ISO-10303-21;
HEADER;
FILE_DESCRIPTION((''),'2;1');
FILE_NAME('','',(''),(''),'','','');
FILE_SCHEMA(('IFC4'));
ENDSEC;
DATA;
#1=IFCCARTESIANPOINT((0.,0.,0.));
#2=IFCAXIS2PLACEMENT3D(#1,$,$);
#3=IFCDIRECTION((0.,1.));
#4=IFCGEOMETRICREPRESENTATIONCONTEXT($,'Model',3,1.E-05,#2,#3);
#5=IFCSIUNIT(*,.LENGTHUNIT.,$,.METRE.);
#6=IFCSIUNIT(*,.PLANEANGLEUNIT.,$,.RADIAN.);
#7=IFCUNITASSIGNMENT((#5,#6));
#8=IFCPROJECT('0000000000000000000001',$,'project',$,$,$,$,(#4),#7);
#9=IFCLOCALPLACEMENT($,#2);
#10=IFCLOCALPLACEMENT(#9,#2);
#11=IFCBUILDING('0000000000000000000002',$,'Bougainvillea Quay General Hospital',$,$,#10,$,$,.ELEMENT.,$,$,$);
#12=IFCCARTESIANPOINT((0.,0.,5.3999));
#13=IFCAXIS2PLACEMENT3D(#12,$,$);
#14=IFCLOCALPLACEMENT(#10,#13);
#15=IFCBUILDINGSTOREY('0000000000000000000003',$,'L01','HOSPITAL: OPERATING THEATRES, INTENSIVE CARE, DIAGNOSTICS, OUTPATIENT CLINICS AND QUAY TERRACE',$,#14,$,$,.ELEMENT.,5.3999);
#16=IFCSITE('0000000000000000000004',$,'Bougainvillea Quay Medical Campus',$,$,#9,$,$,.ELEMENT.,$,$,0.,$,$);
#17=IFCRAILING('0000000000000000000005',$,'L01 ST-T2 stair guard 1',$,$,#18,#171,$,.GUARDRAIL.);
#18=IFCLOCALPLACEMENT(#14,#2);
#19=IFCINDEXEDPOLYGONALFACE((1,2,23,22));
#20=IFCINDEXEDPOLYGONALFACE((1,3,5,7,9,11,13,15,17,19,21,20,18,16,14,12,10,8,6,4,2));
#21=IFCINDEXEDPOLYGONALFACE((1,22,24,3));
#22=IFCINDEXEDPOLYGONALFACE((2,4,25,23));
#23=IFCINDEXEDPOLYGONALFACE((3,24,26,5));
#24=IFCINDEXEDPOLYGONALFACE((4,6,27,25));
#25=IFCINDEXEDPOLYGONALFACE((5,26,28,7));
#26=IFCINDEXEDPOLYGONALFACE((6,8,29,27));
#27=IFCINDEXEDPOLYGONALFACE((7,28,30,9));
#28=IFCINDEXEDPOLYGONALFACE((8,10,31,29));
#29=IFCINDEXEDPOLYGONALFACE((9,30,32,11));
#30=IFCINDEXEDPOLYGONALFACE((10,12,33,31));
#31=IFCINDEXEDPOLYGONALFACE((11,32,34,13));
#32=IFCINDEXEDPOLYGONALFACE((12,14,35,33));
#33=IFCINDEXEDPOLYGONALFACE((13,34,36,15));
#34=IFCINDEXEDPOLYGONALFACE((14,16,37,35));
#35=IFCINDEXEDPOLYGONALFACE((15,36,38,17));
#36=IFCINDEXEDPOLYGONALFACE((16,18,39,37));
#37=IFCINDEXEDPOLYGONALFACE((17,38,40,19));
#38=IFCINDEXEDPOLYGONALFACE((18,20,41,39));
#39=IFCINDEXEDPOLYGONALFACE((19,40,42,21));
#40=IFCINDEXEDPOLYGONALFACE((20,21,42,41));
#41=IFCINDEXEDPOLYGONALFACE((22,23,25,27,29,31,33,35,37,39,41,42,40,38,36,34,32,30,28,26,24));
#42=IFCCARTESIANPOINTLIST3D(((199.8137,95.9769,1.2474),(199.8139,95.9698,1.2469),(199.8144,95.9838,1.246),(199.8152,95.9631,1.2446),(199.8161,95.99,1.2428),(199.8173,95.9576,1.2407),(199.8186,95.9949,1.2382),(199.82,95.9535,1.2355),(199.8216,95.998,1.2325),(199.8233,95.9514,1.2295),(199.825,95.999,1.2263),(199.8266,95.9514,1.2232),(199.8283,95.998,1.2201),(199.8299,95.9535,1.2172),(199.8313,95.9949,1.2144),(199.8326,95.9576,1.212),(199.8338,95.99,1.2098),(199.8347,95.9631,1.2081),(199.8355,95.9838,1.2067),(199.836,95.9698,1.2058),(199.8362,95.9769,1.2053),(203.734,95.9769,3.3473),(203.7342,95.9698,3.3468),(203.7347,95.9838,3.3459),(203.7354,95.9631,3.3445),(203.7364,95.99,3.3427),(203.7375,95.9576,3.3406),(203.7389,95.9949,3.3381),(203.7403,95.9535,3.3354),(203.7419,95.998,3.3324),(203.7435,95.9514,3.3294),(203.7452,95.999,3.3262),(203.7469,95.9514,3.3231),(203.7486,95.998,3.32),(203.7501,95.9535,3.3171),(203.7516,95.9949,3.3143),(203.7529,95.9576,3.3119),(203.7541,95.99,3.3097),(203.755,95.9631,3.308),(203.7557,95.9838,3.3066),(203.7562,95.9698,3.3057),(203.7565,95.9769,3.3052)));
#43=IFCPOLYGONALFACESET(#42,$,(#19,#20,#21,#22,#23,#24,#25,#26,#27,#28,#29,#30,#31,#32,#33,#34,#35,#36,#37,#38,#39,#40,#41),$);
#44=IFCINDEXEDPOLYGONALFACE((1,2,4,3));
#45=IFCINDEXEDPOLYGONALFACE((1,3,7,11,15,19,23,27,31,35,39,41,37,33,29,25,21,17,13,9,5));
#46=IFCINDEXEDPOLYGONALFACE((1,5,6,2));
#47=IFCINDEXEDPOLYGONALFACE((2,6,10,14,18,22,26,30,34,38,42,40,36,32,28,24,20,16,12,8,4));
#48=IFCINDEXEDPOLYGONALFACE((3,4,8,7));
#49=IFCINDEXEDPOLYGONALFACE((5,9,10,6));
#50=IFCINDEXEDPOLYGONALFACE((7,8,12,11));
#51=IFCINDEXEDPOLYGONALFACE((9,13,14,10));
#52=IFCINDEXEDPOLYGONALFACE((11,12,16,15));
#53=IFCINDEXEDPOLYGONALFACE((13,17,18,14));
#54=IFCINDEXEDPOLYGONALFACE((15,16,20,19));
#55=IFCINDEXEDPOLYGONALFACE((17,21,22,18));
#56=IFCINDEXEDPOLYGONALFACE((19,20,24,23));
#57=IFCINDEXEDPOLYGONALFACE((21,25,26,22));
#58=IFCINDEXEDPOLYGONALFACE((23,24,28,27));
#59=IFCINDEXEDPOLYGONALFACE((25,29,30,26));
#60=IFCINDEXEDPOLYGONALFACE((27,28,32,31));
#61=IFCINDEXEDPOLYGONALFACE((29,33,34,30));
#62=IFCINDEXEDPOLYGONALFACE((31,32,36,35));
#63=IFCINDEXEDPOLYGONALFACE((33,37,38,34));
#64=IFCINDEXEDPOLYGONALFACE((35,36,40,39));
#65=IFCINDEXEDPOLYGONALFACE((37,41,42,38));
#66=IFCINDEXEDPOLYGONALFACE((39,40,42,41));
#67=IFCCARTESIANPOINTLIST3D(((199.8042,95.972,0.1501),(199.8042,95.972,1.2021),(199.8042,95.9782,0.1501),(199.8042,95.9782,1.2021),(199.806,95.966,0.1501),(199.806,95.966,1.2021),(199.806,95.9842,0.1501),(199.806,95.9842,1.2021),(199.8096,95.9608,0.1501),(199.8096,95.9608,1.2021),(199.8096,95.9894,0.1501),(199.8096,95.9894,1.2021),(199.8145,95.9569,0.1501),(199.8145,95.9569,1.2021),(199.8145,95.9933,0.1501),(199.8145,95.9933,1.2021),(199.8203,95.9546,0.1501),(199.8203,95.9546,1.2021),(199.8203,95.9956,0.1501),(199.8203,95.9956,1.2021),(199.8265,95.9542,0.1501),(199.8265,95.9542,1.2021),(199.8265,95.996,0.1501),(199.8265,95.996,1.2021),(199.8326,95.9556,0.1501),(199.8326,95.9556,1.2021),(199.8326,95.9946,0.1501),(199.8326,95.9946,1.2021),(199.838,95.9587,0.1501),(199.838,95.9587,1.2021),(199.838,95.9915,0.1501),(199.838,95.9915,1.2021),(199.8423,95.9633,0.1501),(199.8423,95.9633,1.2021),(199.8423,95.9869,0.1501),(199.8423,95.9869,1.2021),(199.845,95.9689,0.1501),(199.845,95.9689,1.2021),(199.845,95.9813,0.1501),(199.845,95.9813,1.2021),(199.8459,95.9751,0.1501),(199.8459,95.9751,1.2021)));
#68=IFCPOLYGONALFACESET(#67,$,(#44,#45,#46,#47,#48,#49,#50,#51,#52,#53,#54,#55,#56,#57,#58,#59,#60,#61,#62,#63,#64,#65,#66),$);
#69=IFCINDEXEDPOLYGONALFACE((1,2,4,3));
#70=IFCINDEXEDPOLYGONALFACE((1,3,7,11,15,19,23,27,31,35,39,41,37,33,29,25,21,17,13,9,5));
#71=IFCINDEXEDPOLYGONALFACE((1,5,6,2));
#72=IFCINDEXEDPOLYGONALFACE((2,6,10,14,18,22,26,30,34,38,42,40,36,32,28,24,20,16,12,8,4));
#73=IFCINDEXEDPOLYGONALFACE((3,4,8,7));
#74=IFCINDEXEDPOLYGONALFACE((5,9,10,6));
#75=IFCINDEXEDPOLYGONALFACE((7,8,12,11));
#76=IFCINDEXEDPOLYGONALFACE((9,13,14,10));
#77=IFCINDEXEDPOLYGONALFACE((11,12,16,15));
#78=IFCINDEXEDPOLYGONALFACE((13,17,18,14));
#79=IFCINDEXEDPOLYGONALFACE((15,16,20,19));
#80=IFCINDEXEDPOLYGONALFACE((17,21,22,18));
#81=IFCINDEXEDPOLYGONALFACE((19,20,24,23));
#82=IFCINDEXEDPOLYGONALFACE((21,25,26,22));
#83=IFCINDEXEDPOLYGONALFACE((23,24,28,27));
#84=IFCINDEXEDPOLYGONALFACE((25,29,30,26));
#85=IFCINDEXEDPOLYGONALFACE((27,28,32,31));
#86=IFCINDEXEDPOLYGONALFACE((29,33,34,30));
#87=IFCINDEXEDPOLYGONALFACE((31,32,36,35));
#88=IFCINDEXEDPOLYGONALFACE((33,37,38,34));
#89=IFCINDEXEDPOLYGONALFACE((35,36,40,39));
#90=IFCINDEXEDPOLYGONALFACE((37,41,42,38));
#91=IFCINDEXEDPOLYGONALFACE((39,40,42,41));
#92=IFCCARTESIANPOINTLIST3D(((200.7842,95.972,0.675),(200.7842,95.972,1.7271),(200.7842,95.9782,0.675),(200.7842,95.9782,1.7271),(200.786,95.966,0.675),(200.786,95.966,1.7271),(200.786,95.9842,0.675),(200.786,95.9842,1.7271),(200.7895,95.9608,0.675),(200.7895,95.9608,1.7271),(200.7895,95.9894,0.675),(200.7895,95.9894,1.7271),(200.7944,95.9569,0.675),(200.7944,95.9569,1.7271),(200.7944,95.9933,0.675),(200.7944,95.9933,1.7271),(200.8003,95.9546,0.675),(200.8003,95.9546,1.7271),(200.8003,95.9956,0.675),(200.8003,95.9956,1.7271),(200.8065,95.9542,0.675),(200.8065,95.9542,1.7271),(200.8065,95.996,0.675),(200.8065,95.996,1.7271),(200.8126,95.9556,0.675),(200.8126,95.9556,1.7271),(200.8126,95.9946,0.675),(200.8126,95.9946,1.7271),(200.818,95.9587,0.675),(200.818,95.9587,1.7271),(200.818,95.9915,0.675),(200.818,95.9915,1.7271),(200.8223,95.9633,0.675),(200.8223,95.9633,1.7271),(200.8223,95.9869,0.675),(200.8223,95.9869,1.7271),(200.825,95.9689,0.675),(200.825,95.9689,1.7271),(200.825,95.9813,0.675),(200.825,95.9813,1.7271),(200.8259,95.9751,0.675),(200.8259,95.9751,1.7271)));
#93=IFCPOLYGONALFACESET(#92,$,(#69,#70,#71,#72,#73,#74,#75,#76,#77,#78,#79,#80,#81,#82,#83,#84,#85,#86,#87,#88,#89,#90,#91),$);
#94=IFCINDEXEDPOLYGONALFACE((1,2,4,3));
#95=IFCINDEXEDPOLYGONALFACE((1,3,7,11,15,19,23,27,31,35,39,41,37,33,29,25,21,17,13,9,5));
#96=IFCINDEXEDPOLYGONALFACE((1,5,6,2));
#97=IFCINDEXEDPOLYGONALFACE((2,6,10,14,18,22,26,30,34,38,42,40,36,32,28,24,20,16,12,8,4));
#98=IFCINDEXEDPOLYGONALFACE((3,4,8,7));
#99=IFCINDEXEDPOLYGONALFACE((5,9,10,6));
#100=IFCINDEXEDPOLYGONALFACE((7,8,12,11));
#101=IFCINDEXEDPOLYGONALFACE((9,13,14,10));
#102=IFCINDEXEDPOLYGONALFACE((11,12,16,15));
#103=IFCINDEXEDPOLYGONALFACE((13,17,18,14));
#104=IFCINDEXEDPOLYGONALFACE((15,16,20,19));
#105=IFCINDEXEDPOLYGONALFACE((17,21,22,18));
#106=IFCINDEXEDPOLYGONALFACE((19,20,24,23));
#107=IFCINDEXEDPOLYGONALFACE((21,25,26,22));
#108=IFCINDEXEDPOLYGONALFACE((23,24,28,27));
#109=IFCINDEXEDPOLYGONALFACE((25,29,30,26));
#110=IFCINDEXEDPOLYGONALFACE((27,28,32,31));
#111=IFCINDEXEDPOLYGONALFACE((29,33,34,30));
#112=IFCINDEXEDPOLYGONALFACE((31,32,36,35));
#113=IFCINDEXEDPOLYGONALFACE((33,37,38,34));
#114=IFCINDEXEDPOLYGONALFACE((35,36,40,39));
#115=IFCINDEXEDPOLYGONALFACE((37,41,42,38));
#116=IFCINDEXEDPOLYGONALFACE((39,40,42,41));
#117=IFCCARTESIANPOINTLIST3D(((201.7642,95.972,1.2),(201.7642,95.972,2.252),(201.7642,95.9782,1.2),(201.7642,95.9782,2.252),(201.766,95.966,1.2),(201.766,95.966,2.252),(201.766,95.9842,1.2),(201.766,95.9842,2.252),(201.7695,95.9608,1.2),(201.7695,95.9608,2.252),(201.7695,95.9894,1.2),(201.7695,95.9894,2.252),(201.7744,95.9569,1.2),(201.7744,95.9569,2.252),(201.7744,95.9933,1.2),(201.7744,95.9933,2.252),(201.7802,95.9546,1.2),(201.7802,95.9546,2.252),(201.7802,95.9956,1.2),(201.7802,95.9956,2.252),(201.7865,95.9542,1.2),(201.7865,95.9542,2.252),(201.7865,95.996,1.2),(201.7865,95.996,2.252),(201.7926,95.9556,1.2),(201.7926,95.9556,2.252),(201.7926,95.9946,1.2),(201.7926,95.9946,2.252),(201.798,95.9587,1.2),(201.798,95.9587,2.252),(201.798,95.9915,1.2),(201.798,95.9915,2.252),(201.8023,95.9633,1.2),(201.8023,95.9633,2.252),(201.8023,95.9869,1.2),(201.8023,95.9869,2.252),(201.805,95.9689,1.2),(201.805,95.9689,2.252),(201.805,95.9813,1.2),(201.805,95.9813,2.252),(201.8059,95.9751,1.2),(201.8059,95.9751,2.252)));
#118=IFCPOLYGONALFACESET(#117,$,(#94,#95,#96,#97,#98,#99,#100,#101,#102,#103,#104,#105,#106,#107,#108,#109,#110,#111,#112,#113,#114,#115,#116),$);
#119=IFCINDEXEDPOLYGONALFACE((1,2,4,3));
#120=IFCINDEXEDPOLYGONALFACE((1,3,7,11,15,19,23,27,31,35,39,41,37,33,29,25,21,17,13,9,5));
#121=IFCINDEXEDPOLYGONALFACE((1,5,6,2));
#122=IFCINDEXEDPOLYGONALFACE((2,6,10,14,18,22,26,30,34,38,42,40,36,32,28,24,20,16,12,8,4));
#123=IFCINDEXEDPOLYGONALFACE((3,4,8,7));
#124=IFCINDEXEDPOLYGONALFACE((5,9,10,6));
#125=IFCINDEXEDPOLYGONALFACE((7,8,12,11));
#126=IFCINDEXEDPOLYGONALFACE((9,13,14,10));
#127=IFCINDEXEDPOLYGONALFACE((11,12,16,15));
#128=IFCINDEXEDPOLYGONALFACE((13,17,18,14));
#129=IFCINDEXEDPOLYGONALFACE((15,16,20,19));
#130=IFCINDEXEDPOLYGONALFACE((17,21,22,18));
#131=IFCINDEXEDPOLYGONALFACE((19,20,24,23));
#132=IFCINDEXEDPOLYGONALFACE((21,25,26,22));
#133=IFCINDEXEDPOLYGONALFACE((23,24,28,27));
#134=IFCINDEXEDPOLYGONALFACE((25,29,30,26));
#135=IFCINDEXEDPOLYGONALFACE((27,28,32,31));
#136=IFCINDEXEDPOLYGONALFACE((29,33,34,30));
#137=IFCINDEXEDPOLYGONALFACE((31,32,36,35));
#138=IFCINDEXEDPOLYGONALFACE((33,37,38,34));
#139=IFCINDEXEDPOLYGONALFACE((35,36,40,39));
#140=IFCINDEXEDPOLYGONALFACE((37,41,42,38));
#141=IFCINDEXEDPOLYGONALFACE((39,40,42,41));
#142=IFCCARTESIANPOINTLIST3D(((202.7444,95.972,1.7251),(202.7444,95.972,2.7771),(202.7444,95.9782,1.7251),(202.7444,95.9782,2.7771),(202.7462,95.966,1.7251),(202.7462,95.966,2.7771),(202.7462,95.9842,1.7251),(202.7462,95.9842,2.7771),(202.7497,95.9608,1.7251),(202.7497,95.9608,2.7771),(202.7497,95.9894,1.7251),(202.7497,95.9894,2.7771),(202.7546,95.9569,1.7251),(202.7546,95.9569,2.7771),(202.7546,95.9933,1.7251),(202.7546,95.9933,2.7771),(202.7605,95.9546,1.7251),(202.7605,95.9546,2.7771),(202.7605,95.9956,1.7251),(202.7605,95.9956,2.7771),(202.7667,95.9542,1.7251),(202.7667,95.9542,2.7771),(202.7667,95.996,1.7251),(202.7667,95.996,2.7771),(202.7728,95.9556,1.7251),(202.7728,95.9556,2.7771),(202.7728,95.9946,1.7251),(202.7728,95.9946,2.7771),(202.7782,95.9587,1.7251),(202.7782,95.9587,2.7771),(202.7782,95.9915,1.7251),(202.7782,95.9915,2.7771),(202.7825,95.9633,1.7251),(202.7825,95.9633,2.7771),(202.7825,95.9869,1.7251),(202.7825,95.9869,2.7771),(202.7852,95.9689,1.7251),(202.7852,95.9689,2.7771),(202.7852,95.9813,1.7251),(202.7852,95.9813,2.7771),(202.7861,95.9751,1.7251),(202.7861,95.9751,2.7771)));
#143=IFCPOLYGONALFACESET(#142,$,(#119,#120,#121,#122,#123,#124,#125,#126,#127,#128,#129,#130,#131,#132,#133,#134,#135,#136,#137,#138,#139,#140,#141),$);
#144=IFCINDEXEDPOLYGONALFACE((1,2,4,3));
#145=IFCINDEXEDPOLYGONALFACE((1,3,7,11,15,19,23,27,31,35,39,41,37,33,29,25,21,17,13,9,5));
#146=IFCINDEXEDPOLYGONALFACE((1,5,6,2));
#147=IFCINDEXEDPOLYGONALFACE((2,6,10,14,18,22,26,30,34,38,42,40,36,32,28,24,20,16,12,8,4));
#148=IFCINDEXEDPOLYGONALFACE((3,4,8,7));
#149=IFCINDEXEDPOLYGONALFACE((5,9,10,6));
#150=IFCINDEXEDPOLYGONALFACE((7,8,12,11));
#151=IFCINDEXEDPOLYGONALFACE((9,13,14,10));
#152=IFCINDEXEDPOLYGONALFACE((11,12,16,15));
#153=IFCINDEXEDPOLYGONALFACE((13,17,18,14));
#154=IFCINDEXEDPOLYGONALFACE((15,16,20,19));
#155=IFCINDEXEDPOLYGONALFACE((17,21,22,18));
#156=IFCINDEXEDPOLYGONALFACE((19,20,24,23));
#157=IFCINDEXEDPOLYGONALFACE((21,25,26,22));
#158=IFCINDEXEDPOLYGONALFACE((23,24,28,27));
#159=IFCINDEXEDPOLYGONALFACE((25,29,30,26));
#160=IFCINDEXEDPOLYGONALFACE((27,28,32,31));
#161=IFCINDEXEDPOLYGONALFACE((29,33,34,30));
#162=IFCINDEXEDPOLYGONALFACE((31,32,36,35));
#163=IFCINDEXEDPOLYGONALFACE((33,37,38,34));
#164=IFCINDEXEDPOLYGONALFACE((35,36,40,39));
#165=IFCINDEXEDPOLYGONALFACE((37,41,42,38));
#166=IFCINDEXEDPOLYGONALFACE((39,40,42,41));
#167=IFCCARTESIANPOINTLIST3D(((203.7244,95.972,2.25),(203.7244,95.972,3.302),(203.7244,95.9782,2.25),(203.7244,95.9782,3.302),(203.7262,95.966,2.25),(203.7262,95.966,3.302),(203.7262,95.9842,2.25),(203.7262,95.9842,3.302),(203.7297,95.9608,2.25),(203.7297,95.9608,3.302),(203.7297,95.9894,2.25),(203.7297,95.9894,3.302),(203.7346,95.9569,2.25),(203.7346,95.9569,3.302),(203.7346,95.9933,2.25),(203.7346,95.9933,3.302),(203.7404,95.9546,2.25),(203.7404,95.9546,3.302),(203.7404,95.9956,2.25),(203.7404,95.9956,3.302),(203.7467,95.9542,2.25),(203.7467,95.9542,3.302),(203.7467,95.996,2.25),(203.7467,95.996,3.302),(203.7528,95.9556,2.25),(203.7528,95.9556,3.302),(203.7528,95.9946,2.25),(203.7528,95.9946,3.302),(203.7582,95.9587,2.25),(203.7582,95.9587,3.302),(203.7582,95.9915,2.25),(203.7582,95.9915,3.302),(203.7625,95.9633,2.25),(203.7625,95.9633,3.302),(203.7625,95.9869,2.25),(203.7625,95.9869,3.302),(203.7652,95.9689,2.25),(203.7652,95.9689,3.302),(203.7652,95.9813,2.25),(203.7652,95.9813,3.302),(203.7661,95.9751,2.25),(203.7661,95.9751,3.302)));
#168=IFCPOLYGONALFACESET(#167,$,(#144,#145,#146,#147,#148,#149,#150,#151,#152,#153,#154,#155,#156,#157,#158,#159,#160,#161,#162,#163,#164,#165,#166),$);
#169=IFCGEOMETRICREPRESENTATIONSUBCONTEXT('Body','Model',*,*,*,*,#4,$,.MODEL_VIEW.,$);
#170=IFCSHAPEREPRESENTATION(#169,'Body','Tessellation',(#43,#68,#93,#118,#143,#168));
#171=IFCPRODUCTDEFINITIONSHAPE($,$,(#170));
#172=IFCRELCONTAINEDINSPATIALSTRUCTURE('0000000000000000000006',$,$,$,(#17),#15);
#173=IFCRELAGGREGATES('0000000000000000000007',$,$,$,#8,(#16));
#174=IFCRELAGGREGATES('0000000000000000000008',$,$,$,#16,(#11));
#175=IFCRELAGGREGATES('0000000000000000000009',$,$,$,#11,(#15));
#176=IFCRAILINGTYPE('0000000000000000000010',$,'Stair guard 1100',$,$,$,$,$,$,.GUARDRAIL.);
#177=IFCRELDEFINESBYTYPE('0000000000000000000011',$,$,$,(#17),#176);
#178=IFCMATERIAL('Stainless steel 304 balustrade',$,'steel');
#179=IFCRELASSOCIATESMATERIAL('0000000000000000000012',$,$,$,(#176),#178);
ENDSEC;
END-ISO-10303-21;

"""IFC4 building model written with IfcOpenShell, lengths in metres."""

from ifc_helpers import new_model, si_unit, direction, frame, origin, origin_2d, place, context, subcontext, project, spatial, circle, extrude, material, type_object, element, save


model = new_model("IFC4")

# Units and contexts
model_context = context("Model", 3, precision=1e-05, world=origin(), true_north=direction((0.0, 1.0)))
body_context = subcontext(model_context, "Body", "Model", "MODEL_VIEW")
ifc_project = project(units=[si_unit("LENGTHUNIT", "METRE"), si_unit("PLANEANGLEUNIT", "RADIAN")], contexts=[model_context])

# Site, building, storey
site_placement = place(None, origin())
site = spatial("IfcSite", under=ifc_project, at=site_placement, Name="Bougainvillea Quay Medical Campus", CompositionType="ELEMENT", RefElevation=0.0)
building_placement = place(site_placement, origin())
building = spatial("IfcBuilding", under=site, at=building_placement, Name="Bougainvillea Quay General Hospital", CompositionType="ELEMENT")
storey_placement = place(building_placement, frame((0.0, 0.0, 5.3999)))
storey = spatial("IfcBuildingStorey", under=building, at=storey_placement, Name="L01", Description="HOSPITAL: OPERATING THEATRES, INTENSIVE CARE, DIAGNOSTICS, OUTPATIENT CLINICS AND QUAY TERRACE", CompositionType="ELEMENT", Elevation=5.3999)

# Railing
ifc_material_1 = material(Name="Stainless steel 304 balustrade", Category="steel")
railing_type_1 = type_object("IfcRailingType", Name="Stair guard 1100", PredefinedType="GUARDRAIL", material=ifc_material_1)
railing_1_placement = place(storey_placement, frame((199.825, 95.9751, 0.1501)))
element("IfcRailing", 1, at=railing_1_placement, inside=storey, type_object=railing_type_1, Name="L01 ST-T2 stair guard 1", PredefinedType="GUARDRAIL", context=body_context, shape_type="SweptSolid", body=[
    extrude(circle(Radius=0.0239, at=origin_2d()), frame((0.0, 0.0, 1.0762), z_axis=(0.881502, 0.0, 0.47218), x_axis=(0.0, 1.0, 0.0)), (0.0, 0.0, 1.0), 4.4473),
    extrude(circle(Radius=0.021, at=origin_2d()), origin(), (0.0, 0.0, 1.0), 1.052),
    extrude(circle(Radius=0.021, at=origin_2d()), frame((0.98, 0.0, 0.5249)), (0.0, 0.0, 1.0), 1.052),
    extrude(circle(Radius=0.021, at=origin_2d()), frame((1.96, 0.0, 1.0498)), (0.0, 0.0, 1.0), 1.052),
    extrude(circle(Radius=0.021, at=origin_2d()), frame((2.9402, 0.0, 1.575)), (0.0, 0.0, 1.0), 1.052),
    extrude(circle(Radius=0.021, at=origin_2d()), frame((3.9202, 0.0, 2.0999)), (0.0, 0.0, 1.0), 1.052),
])

save(model, "model.ifc")
